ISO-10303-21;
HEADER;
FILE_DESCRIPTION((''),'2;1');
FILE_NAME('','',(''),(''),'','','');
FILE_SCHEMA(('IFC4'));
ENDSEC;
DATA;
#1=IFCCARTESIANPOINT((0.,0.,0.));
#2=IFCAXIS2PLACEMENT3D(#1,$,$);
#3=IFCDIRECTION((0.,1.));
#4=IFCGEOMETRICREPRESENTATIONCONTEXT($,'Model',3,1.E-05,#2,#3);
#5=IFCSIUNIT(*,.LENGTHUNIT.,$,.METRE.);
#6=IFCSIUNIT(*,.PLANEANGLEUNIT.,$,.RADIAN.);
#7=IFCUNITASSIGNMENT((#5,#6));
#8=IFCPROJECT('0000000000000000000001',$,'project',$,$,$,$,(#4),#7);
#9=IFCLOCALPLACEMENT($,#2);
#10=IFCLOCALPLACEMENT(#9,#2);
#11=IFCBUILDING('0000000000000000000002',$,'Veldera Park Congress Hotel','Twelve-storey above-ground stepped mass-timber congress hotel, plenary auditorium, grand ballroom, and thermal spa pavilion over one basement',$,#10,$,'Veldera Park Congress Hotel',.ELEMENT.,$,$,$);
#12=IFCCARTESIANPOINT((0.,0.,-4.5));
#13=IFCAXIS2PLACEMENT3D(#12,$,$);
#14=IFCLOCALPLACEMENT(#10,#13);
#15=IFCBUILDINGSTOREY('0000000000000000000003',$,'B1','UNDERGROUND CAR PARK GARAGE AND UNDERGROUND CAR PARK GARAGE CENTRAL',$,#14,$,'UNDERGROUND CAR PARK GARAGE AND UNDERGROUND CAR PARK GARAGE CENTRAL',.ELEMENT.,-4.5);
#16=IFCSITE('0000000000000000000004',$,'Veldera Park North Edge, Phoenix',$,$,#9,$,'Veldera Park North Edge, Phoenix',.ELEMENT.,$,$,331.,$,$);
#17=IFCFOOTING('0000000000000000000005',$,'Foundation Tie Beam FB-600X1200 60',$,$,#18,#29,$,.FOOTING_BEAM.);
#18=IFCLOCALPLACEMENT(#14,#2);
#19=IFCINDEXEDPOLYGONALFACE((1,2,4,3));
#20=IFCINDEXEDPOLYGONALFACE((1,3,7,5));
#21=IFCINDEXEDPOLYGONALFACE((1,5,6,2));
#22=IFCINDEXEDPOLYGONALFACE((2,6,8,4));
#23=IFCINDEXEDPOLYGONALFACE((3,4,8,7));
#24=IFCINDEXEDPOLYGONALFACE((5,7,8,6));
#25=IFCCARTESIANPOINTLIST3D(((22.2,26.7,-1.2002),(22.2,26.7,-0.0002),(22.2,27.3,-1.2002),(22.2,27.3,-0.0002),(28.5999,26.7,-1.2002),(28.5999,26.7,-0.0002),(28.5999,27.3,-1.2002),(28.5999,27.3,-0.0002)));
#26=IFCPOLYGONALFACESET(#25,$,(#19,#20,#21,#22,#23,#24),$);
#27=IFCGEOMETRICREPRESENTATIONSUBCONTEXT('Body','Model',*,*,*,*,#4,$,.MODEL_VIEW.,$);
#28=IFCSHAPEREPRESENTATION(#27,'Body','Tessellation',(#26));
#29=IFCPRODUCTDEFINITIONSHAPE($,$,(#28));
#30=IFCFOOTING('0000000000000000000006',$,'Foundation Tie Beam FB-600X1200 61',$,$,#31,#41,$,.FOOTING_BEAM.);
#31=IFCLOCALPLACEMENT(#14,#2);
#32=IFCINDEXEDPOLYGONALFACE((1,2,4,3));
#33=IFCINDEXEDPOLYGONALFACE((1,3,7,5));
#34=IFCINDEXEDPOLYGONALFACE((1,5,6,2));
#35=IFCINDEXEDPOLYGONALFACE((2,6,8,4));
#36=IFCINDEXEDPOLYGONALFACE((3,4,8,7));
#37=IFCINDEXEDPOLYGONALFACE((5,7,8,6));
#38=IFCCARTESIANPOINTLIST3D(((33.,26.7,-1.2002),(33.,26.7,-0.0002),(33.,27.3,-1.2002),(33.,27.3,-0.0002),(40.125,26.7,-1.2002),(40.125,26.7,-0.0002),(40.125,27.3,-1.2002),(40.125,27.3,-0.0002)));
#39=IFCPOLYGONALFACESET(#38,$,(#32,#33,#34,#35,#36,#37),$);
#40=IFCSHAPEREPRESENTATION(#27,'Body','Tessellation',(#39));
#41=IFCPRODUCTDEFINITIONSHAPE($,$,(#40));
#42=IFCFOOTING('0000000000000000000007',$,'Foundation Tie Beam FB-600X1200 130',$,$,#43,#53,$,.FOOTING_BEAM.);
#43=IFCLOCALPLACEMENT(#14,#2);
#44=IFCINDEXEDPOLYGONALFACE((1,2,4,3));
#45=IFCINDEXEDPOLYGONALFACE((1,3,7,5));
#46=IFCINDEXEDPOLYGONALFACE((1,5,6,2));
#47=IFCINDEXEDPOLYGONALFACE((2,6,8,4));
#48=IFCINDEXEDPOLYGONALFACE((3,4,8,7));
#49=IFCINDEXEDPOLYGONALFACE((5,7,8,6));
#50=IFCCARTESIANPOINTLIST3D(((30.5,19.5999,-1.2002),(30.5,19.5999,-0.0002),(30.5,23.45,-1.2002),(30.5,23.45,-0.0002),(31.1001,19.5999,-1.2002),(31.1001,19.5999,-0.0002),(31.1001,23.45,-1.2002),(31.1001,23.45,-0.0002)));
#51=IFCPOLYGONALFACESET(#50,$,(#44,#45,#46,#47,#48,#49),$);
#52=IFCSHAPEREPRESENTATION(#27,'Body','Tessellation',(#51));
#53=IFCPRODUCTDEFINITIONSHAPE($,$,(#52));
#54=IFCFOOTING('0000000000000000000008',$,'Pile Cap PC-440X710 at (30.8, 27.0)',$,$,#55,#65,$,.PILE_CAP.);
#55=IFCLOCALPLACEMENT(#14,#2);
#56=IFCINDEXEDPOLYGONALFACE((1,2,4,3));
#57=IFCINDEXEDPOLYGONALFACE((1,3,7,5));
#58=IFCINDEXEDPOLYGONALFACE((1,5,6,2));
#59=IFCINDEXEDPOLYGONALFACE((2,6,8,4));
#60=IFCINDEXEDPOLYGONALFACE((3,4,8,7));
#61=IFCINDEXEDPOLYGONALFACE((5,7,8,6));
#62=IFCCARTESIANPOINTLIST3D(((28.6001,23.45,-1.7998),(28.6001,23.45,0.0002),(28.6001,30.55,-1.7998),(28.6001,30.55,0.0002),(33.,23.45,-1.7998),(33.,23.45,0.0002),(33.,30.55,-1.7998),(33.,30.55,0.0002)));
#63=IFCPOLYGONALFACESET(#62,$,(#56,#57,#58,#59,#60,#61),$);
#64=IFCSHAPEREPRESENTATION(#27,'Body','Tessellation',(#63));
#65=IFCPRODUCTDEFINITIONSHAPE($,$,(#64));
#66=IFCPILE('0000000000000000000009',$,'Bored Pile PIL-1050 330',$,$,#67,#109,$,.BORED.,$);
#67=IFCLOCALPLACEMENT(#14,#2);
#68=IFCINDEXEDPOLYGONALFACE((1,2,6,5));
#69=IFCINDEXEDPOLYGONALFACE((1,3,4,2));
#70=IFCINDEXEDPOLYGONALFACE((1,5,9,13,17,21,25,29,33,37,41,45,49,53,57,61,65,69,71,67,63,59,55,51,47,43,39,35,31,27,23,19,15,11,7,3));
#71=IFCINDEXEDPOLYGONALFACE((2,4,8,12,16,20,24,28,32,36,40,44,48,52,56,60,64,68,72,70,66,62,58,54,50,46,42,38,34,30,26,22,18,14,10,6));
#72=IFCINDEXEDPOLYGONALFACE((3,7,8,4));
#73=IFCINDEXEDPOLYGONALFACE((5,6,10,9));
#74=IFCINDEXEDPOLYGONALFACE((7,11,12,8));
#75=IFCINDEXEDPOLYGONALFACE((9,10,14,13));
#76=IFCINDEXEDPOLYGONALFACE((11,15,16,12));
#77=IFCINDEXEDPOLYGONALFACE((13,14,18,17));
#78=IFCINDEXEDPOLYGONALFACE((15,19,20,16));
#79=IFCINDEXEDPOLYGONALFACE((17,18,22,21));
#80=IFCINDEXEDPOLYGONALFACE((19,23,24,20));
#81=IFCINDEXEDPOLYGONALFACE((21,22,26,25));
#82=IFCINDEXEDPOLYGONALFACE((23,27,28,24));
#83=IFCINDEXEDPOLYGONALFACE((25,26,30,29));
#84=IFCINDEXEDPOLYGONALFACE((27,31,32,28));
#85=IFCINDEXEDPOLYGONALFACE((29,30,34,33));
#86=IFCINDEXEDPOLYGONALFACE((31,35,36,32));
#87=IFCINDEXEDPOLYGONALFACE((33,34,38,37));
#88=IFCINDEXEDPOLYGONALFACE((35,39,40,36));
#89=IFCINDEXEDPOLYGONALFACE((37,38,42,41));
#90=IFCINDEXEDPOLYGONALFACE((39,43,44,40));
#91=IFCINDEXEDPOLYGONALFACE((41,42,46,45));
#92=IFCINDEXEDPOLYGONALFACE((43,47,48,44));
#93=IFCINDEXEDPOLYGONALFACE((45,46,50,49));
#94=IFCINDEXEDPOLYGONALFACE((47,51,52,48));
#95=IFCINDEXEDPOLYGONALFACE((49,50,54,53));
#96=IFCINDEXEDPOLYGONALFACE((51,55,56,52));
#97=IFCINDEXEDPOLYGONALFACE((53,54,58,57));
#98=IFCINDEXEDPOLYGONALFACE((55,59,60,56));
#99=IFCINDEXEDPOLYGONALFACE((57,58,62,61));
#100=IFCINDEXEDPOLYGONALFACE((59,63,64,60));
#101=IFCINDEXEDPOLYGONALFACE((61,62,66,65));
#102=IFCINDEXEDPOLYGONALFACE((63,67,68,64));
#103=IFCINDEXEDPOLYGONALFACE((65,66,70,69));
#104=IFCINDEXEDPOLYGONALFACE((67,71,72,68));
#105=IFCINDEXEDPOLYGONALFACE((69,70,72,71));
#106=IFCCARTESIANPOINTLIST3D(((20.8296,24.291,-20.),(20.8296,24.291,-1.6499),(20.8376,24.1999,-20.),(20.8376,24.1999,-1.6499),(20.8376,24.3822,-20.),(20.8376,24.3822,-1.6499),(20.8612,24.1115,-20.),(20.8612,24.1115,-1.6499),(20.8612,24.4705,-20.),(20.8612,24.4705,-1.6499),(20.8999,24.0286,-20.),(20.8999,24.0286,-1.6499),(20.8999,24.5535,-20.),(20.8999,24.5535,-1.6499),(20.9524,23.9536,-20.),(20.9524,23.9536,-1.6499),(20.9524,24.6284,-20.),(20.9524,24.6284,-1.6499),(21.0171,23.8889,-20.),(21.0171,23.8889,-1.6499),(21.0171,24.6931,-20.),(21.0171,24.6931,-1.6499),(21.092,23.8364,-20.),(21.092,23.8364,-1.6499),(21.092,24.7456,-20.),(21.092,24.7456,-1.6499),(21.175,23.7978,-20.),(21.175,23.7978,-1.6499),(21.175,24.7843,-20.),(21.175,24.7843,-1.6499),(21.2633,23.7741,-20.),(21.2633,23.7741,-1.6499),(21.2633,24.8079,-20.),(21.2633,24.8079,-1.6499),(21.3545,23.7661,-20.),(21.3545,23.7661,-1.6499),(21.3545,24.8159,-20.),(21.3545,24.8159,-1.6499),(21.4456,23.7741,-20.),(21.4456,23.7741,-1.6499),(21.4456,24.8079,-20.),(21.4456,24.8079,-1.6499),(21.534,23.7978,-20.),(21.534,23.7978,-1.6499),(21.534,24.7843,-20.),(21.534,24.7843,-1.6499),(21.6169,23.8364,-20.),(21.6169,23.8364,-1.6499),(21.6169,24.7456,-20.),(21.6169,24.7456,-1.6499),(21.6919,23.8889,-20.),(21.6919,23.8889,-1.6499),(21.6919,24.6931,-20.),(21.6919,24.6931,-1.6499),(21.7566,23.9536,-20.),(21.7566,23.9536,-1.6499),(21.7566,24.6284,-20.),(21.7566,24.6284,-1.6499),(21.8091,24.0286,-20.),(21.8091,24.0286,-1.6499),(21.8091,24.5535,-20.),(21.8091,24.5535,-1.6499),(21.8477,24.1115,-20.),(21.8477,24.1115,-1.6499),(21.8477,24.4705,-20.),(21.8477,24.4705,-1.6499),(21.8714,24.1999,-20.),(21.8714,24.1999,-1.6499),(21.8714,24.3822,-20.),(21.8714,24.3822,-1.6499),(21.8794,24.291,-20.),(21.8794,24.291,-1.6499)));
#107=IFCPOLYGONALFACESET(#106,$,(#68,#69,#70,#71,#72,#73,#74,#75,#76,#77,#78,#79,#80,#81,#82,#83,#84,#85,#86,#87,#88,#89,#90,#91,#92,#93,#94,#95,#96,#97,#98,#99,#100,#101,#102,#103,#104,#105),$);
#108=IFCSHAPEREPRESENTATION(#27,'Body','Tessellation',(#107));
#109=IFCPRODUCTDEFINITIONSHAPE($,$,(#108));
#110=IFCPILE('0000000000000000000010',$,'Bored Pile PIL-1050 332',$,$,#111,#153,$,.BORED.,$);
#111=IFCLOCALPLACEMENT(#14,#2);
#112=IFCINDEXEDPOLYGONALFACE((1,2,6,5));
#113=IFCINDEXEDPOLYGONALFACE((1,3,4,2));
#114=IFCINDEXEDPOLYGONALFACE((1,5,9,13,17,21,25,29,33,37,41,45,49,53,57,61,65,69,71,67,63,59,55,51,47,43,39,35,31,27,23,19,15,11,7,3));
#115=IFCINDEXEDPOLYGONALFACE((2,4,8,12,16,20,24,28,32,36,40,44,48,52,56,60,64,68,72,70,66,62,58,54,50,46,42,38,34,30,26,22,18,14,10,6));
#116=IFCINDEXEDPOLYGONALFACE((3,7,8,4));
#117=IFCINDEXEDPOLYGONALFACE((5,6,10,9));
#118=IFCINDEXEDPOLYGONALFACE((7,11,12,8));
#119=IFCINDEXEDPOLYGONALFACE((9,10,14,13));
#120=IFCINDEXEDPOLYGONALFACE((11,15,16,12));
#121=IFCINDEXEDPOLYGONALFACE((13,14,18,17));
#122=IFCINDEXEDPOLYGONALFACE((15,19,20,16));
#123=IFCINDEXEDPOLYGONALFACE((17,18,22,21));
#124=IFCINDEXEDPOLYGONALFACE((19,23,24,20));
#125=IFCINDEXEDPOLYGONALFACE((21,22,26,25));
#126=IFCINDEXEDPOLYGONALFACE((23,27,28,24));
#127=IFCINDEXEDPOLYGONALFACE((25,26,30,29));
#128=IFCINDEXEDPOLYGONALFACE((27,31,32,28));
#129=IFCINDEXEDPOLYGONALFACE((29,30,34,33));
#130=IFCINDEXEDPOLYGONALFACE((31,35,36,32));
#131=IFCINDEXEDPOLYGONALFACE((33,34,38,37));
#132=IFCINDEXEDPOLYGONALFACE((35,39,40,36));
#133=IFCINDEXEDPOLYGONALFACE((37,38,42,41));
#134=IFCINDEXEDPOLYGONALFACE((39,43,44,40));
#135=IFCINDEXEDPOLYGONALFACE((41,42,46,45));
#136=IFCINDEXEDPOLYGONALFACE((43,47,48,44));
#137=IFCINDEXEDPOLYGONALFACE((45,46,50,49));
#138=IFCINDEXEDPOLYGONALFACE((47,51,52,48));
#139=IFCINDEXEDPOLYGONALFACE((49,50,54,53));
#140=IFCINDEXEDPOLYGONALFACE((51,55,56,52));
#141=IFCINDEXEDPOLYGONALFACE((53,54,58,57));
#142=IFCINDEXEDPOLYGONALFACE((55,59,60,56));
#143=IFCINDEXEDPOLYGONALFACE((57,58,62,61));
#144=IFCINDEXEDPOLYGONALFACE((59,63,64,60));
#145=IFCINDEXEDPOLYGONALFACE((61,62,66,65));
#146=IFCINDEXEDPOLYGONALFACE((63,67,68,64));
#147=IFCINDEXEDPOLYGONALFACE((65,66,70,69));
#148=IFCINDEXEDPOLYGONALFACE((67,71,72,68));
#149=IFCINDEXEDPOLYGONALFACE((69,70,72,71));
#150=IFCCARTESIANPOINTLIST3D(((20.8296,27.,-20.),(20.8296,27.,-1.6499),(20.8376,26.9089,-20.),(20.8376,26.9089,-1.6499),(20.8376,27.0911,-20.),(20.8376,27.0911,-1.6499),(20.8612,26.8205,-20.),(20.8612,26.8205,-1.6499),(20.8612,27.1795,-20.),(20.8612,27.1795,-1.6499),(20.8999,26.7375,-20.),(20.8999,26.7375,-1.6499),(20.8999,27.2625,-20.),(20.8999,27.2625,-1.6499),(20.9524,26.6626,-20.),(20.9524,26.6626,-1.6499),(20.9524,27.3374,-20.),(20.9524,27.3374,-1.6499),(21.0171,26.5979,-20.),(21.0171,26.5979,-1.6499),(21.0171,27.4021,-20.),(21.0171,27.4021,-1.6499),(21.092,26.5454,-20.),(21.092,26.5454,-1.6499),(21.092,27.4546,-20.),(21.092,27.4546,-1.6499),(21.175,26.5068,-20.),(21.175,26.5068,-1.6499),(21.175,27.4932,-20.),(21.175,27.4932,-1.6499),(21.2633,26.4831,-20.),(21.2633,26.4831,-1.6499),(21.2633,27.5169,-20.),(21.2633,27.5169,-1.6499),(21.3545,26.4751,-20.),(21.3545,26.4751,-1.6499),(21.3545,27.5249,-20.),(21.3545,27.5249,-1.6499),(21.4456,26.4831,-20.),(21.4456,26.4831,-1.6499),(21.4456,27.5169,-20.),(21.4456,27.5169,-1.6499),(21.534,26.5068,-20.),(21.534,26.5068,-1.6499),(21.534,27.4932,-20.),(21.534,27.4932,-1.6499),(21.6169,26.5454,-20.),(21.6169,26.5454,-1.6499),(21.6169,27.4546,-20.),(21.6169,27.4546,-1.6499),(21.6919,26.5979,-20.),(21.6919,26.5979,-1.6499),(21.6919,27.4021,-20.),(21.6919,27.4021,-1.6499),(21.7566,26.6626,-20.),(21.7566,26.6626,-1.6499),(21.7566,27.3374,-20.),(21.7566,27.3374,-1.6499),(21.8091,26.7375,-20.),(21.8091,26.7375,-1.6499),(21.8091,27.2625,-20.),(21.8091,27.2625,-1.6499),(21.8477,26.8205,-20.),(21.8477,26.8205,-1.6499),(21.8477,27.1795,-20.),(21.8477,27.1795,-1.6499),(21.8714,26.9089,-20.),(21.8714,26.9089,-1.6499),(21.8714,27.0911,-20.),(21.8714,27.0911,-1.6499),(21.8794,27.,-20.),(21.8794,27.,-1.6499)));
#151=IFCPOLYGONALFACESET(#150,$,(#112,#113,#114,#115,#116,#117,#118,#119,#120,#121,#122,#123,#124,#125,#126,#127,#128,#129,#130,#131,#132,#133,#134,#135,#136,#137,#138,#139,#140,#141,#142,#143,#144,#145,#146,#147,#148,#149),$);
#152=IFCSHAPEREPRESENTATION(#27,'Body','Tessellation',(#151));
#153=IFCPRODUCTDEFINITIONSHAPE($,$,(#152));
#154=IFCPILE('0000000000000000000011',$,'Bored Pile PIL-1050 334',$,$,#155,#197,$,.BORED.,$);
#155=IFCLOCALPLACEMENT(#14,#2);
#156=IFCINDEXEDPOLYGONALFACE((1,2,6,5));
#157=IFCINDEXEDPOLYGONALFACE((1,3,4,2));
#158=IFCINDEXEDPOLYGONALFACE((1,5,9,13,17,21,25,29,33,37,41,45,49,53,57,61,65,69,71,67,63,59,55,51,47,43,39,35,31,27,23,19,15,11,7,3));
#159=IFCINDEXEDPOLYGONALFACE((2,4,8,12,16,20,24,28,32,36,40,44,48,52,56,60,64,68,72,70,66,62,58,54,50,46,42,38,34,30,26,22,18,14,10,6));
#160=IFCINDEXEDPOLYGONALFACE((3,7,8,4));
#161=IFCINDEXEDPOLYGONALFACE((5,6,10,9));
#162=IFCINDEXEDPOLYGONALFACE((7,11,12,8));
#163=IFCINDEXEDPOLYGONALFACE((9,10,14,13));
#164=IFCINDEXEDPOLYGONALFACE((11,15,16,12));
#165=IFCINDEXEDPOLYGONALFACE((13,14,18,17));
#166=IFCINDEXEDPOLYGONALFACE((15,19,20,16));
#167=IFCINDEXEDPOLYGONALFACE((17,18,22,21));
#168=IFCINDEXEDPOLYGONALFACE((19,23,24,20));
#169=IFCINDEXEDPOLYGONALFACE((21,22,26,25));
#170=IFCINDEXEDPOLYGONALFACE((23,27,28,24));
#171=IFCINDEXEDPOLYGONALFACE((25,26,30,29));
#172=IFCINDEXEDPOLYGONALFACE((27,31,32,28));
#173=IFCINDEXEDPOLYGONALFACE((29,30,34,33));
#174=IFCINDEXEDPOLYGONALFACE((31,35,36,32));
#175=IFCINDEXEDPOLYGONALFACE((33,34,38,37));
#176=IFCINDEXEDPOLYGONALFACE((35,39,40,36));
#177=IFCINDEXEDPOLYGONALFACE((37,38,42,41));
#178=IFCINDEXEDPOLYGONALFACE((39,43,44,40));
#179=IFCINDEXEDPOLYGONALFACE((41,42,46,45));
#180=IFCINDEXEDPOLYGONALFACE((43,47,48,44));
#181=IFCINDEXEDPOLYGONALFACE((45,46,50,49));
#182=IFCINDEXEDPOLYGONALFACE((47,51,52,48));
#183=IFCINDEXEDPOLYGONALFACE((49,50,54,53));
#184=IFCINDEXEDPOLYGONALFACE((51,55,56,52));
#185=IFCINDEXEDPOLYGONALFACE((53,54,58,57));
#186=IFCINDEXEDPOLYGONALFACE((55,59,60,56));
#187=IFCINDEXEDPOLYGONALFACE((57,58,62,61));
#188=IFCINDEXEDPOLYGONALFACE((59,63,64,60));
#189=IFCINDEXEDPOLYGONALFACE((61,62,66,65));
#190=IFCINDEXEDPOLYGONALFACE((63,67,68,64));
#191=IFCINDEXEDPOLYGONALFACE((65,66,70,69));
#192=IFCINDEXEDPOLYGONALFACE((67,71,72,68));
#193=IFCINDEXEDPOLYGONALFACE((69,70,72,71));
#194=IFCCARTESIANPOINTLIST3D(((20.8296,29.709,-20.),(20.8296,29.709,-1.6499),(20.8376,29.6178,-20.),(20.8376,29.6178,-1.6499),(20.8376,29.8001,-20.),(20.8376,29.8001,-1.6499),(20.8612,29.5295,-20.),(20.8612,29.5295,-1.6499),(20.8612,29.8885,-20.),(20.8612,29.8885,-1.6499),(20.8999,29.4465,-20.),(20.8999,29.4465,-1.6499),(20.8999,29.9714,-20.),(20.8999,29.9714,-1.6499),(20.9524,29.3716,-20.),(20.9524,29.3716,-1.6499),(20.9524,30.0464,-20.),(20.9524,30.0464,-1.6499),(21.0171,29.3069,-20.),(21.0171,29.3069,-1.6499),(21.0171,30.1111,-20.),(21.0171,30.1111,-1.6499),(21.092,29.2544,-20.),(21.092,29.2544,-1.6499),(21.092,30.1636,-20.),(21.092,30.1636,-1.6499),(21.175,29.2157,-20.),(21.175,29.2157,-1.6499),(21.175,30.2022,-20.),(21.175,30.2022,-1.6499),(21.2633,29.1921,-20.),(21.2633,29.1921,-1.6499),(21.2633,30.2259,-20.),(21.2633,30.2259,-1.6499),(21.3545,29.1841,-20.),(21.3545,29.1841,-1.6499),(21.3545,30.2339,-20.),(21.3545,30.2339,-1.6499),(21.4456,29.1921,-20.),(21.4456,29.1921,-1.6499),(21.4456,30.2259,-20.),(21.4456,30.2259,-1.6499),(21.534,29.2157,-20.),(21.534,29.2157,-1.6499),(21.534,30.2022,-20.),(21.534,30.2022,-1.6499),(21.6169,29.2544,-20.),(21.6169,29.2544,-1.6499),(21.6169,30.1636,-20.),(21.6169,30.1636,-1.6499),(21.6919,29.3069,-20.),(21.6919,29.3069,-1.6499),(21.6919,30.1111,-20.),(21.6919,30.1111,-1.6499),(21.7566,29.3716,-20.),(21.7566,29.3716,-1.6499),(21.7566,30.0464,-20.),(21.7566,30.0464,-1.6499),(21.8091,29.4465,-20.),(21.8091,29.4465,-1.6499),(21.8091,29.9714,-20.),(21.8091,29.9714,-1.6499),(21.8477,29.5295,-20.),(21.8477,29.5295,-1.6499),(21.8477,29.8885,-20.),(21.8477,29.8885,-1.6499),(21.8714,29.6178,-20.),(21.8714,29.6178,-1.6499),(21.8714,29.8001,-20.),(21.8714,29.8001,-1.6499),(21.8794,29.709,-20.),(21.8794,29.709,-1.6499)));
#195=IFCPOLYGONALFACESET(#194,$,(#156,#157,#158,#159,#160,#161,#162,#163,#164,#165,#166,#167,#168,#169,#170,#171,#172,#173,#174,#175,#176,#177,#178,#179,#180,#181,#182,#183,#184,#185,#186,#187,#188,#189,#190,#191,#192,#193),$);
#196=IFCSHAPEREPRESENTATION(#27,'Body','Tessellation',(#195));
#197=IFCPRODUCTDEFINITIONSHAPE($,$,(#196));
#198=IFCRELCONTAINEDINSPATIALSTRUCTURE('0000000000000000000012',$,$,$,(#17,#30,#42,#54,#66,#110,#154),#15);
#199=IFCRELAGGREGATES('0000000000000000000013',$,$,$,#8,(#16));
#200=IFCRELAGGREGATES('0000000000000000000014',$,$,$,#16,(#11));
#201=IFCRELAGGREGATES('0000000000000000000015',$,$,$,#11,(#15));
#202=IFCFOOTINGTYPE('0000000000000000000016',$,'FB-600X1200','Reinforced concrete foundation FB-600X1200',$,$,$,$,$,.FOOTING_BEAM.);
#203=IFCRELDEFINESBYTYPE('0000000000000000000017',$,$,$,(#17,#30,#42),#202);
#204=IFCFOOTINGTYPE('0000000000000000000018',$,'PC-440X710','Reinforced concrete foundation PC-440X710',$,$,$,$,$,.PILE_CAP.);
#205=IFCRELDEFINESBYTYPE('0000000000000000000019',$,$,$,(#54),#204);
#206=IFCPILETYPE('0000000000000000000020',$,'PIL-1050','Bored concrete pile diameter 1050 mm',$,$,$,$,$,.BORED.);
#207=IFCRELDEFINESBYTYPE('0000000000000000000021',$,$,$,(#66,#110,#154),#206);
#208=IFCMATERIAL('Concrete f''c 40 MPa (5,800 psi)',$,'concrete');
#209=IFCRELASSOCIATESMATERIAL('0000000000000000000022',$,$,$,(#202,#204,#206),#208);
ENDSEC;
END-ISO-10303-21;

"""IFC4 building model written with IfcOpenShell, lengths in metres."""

from ifc_helpers import new_model, si_unit, direction, frame, origin, origin_2d, place, context, subcontext, project, spatial, rectangle, circle, extrude, material, material_profile, profile_set, type_object, element, save


model = new_model("IFC4")

# Units and contexts
model_context = context("Model", 3, precision=1e-05, world=origin(), true_north=direction((0.0, 1.0)))
body_context = subcontext(model_context, "Body", "Model", "MODEL_VIEW")
ifc_project = project(units=[si_unit("LENGTHUNIT", "METRE"), si_unit("PLANEANGLEUNIT", "RADIAN")], contexts=[model_context])

# Site, building, storey
site_placement = place(None, origin())
site = spatial("IfcSite", under=ifc_project, at=site_placement, Name="Veldera Park North Edge, Phoenix", LongName="Veldera Park North Edge, Phoenix", CompositionType="ELEMENT", RefElevation=331.0)
building_placement = place(site_placement, origin())
building = spatial("IfcBuilding", under=site, at=building_placement, Name="Veldera Park Congress Hotel", Description="Twelve-storey above-ground stepped mass-timber congress hotel, plenary auditorium, grand ballroom, and thermal spa pavilion over one basement", LongName="Veldera Park Congress Hotel", CompositionType="ELEMENT")
storey_placement = place(building_placement, frame((0.0, 0.0, -4.5)))
storey = spatial("IfcBuildingStorey", under=building, at=storey_placement, Name="B1", Description="UNDERGROUND CAR PARK GARAGE AND UNDERGROUND CAR PARK GARAGE CENTRAL", LongName="UNDERGROUND CAR PARK GARAGE AND UNDERGROUND CAR PARK GARAGE CENTRAL", CompositionType="ELEMENT", Elevation=-4.5)

# Footings
ifc_material_1 = material(Name="Concrete f'c 40 MPa (5,800 psi)", Category="concrete")
footing_type_1 = type_object("IfcFootingType", Name="FB-600X1200", Description="Reinforced concrete foundation FB-600X1200", PredefinedType="FOOTING_BEAM", material=ifc_material_1)
footing_1_placement = place(storey_placement, frame((25.3999, 27.0, -1.2002), z_axis=(0.0, 0.0, 1.0), x_axis=(1.0, 0.0, 0.0)))
element("IfcFooting", 1, at=footing_1_placement, inside=storey, type_object=footing_type_1, Name="Foundation Tie Beam FB-600X1200 60", PredefinedType="FOOTING_BEAM", context=body_context, shape_type="SweptSolid", body=[
    extrude(rectangle(XDim=6.3999, YDim=0.6001, at=origin_2d()), origin(), (0.0, 0.0, 1.0), 1.2),
])
footing_2_placement = place(storey_placement, frame((36.5625, 27.0, -1.2002), z_axis=(0.0, 0.0, 1.0), x_axis=(1.0, 0.0, 0.0)))
element("IfcFooting", 2, at=footing_2_placement, inside=storey, type_object=footing_type_1, Name="Foundation Tie Beam FB-600X1200 61", PredefinedType="FOOTING_BEAM", context=body_context, shape_type="SweptSolid", body=[
    extrude(rectangle(XDim=7.125, YDim=0.6001, at=origin_2d()), origin(), (0.0, 0.0, 1.0), 1.2),
])
footing_3_placement = place(storey_placement, frame((30.8, 21.5249, -1.2002), z_axis=(0.0, 0.0, 1.0), x_axis=(0.0, 1.0, 0.0)))
element("IfcFooting", 3, at=footing_3_placement, inside=storey, type_object=footing_type_1, Name="Foundation Tie Beam FB-600X1200 130", PredefinedType="FOOTING_BEAM", context=body_context, shape_type="SweptSolid", body=[
    extrude(rectangle(XDim=3.8501, YDim=0.6001, at=origin_2d()), origin(), (0.0, 0.0, 1.0), 1.2),
])
footing_type_2 = type_object("IfcFootingType", Name="PC-440X710", Description="Reinforced concrete foundation PC-440X710", PredefinedType="PILE_CAP", material=ifc_material_1)
footing_4_placement = place(storey_placement, frame((30.8, 27.0, -1.7998), z_axis=(0.0, 0.0, 1.0), x_axis=(1.0, 0.0, 0.0)))
element("IfcFooting", 4, at=footing_4_placement, inside=storey, type_object=footing_type_2, Name="Pile Cap PC-440X710 at (30.8, 27.0)", PredefinedType="PILE_CAP", context=body_context, shape_type="SweptSolid", body=[
    extrude(rectangle(XDim=4.3999, YDim=7.1001, at=origin_2d()), origin(), (0.0, 0.0, 1.0), 1.8),
])

# Piles
ifc_material_profile_1 = material_profile(ifc_material_1, circle(Radius=0.5249, at=origin_2d()), Name="PILE D1050")
ifc_profile_set_1 = profile_set([ifc_material_profile_1], Name="Concrete f'c 40 MPa (5,800 psi)")
pile_type = type_object("IfcPileType", Name="PIL-1050", Description="Bored concrete pile diameter 1050 mm", PredefinedType="BORED", material=ifc_profile_set_1)
for number, where, z_axis, x_axis, name in (
    (5, (21.3545, 24.291, -1.6499), (0.0, 0.0, -1.0), (1.0, 0.0, 0.0), "Bored Pile PIL-1050 330"),
    (6, (21.3545, 27.0, -1.6499), (0.0, 0.0, -1.0), (1.0, 0.0, 0.0), "Bored Pile PIL-1050 332"),
    (7, (21.3545, 29.709, -1.6499), (0.0, 0.0, -1.0), (1.0, 0.0, 0.0), "Bored Pile PIL-1050 334"),
):
    element("IfcPile", number, at=place(storey_placement, frame(where, z_axis=z_axis, x_axis=x_axis)), inside=storey, type_object=pile_type, Name=name, PredefinedType="BORED", context=body_context, shape_type="SweptSolid", body=[
        extrude(circle(Radius=0.5249, at=origin_2d()), origin(), (0.0, 0.0, 1.0), 18.3501),
    ])

save(model, "model.ifc")
